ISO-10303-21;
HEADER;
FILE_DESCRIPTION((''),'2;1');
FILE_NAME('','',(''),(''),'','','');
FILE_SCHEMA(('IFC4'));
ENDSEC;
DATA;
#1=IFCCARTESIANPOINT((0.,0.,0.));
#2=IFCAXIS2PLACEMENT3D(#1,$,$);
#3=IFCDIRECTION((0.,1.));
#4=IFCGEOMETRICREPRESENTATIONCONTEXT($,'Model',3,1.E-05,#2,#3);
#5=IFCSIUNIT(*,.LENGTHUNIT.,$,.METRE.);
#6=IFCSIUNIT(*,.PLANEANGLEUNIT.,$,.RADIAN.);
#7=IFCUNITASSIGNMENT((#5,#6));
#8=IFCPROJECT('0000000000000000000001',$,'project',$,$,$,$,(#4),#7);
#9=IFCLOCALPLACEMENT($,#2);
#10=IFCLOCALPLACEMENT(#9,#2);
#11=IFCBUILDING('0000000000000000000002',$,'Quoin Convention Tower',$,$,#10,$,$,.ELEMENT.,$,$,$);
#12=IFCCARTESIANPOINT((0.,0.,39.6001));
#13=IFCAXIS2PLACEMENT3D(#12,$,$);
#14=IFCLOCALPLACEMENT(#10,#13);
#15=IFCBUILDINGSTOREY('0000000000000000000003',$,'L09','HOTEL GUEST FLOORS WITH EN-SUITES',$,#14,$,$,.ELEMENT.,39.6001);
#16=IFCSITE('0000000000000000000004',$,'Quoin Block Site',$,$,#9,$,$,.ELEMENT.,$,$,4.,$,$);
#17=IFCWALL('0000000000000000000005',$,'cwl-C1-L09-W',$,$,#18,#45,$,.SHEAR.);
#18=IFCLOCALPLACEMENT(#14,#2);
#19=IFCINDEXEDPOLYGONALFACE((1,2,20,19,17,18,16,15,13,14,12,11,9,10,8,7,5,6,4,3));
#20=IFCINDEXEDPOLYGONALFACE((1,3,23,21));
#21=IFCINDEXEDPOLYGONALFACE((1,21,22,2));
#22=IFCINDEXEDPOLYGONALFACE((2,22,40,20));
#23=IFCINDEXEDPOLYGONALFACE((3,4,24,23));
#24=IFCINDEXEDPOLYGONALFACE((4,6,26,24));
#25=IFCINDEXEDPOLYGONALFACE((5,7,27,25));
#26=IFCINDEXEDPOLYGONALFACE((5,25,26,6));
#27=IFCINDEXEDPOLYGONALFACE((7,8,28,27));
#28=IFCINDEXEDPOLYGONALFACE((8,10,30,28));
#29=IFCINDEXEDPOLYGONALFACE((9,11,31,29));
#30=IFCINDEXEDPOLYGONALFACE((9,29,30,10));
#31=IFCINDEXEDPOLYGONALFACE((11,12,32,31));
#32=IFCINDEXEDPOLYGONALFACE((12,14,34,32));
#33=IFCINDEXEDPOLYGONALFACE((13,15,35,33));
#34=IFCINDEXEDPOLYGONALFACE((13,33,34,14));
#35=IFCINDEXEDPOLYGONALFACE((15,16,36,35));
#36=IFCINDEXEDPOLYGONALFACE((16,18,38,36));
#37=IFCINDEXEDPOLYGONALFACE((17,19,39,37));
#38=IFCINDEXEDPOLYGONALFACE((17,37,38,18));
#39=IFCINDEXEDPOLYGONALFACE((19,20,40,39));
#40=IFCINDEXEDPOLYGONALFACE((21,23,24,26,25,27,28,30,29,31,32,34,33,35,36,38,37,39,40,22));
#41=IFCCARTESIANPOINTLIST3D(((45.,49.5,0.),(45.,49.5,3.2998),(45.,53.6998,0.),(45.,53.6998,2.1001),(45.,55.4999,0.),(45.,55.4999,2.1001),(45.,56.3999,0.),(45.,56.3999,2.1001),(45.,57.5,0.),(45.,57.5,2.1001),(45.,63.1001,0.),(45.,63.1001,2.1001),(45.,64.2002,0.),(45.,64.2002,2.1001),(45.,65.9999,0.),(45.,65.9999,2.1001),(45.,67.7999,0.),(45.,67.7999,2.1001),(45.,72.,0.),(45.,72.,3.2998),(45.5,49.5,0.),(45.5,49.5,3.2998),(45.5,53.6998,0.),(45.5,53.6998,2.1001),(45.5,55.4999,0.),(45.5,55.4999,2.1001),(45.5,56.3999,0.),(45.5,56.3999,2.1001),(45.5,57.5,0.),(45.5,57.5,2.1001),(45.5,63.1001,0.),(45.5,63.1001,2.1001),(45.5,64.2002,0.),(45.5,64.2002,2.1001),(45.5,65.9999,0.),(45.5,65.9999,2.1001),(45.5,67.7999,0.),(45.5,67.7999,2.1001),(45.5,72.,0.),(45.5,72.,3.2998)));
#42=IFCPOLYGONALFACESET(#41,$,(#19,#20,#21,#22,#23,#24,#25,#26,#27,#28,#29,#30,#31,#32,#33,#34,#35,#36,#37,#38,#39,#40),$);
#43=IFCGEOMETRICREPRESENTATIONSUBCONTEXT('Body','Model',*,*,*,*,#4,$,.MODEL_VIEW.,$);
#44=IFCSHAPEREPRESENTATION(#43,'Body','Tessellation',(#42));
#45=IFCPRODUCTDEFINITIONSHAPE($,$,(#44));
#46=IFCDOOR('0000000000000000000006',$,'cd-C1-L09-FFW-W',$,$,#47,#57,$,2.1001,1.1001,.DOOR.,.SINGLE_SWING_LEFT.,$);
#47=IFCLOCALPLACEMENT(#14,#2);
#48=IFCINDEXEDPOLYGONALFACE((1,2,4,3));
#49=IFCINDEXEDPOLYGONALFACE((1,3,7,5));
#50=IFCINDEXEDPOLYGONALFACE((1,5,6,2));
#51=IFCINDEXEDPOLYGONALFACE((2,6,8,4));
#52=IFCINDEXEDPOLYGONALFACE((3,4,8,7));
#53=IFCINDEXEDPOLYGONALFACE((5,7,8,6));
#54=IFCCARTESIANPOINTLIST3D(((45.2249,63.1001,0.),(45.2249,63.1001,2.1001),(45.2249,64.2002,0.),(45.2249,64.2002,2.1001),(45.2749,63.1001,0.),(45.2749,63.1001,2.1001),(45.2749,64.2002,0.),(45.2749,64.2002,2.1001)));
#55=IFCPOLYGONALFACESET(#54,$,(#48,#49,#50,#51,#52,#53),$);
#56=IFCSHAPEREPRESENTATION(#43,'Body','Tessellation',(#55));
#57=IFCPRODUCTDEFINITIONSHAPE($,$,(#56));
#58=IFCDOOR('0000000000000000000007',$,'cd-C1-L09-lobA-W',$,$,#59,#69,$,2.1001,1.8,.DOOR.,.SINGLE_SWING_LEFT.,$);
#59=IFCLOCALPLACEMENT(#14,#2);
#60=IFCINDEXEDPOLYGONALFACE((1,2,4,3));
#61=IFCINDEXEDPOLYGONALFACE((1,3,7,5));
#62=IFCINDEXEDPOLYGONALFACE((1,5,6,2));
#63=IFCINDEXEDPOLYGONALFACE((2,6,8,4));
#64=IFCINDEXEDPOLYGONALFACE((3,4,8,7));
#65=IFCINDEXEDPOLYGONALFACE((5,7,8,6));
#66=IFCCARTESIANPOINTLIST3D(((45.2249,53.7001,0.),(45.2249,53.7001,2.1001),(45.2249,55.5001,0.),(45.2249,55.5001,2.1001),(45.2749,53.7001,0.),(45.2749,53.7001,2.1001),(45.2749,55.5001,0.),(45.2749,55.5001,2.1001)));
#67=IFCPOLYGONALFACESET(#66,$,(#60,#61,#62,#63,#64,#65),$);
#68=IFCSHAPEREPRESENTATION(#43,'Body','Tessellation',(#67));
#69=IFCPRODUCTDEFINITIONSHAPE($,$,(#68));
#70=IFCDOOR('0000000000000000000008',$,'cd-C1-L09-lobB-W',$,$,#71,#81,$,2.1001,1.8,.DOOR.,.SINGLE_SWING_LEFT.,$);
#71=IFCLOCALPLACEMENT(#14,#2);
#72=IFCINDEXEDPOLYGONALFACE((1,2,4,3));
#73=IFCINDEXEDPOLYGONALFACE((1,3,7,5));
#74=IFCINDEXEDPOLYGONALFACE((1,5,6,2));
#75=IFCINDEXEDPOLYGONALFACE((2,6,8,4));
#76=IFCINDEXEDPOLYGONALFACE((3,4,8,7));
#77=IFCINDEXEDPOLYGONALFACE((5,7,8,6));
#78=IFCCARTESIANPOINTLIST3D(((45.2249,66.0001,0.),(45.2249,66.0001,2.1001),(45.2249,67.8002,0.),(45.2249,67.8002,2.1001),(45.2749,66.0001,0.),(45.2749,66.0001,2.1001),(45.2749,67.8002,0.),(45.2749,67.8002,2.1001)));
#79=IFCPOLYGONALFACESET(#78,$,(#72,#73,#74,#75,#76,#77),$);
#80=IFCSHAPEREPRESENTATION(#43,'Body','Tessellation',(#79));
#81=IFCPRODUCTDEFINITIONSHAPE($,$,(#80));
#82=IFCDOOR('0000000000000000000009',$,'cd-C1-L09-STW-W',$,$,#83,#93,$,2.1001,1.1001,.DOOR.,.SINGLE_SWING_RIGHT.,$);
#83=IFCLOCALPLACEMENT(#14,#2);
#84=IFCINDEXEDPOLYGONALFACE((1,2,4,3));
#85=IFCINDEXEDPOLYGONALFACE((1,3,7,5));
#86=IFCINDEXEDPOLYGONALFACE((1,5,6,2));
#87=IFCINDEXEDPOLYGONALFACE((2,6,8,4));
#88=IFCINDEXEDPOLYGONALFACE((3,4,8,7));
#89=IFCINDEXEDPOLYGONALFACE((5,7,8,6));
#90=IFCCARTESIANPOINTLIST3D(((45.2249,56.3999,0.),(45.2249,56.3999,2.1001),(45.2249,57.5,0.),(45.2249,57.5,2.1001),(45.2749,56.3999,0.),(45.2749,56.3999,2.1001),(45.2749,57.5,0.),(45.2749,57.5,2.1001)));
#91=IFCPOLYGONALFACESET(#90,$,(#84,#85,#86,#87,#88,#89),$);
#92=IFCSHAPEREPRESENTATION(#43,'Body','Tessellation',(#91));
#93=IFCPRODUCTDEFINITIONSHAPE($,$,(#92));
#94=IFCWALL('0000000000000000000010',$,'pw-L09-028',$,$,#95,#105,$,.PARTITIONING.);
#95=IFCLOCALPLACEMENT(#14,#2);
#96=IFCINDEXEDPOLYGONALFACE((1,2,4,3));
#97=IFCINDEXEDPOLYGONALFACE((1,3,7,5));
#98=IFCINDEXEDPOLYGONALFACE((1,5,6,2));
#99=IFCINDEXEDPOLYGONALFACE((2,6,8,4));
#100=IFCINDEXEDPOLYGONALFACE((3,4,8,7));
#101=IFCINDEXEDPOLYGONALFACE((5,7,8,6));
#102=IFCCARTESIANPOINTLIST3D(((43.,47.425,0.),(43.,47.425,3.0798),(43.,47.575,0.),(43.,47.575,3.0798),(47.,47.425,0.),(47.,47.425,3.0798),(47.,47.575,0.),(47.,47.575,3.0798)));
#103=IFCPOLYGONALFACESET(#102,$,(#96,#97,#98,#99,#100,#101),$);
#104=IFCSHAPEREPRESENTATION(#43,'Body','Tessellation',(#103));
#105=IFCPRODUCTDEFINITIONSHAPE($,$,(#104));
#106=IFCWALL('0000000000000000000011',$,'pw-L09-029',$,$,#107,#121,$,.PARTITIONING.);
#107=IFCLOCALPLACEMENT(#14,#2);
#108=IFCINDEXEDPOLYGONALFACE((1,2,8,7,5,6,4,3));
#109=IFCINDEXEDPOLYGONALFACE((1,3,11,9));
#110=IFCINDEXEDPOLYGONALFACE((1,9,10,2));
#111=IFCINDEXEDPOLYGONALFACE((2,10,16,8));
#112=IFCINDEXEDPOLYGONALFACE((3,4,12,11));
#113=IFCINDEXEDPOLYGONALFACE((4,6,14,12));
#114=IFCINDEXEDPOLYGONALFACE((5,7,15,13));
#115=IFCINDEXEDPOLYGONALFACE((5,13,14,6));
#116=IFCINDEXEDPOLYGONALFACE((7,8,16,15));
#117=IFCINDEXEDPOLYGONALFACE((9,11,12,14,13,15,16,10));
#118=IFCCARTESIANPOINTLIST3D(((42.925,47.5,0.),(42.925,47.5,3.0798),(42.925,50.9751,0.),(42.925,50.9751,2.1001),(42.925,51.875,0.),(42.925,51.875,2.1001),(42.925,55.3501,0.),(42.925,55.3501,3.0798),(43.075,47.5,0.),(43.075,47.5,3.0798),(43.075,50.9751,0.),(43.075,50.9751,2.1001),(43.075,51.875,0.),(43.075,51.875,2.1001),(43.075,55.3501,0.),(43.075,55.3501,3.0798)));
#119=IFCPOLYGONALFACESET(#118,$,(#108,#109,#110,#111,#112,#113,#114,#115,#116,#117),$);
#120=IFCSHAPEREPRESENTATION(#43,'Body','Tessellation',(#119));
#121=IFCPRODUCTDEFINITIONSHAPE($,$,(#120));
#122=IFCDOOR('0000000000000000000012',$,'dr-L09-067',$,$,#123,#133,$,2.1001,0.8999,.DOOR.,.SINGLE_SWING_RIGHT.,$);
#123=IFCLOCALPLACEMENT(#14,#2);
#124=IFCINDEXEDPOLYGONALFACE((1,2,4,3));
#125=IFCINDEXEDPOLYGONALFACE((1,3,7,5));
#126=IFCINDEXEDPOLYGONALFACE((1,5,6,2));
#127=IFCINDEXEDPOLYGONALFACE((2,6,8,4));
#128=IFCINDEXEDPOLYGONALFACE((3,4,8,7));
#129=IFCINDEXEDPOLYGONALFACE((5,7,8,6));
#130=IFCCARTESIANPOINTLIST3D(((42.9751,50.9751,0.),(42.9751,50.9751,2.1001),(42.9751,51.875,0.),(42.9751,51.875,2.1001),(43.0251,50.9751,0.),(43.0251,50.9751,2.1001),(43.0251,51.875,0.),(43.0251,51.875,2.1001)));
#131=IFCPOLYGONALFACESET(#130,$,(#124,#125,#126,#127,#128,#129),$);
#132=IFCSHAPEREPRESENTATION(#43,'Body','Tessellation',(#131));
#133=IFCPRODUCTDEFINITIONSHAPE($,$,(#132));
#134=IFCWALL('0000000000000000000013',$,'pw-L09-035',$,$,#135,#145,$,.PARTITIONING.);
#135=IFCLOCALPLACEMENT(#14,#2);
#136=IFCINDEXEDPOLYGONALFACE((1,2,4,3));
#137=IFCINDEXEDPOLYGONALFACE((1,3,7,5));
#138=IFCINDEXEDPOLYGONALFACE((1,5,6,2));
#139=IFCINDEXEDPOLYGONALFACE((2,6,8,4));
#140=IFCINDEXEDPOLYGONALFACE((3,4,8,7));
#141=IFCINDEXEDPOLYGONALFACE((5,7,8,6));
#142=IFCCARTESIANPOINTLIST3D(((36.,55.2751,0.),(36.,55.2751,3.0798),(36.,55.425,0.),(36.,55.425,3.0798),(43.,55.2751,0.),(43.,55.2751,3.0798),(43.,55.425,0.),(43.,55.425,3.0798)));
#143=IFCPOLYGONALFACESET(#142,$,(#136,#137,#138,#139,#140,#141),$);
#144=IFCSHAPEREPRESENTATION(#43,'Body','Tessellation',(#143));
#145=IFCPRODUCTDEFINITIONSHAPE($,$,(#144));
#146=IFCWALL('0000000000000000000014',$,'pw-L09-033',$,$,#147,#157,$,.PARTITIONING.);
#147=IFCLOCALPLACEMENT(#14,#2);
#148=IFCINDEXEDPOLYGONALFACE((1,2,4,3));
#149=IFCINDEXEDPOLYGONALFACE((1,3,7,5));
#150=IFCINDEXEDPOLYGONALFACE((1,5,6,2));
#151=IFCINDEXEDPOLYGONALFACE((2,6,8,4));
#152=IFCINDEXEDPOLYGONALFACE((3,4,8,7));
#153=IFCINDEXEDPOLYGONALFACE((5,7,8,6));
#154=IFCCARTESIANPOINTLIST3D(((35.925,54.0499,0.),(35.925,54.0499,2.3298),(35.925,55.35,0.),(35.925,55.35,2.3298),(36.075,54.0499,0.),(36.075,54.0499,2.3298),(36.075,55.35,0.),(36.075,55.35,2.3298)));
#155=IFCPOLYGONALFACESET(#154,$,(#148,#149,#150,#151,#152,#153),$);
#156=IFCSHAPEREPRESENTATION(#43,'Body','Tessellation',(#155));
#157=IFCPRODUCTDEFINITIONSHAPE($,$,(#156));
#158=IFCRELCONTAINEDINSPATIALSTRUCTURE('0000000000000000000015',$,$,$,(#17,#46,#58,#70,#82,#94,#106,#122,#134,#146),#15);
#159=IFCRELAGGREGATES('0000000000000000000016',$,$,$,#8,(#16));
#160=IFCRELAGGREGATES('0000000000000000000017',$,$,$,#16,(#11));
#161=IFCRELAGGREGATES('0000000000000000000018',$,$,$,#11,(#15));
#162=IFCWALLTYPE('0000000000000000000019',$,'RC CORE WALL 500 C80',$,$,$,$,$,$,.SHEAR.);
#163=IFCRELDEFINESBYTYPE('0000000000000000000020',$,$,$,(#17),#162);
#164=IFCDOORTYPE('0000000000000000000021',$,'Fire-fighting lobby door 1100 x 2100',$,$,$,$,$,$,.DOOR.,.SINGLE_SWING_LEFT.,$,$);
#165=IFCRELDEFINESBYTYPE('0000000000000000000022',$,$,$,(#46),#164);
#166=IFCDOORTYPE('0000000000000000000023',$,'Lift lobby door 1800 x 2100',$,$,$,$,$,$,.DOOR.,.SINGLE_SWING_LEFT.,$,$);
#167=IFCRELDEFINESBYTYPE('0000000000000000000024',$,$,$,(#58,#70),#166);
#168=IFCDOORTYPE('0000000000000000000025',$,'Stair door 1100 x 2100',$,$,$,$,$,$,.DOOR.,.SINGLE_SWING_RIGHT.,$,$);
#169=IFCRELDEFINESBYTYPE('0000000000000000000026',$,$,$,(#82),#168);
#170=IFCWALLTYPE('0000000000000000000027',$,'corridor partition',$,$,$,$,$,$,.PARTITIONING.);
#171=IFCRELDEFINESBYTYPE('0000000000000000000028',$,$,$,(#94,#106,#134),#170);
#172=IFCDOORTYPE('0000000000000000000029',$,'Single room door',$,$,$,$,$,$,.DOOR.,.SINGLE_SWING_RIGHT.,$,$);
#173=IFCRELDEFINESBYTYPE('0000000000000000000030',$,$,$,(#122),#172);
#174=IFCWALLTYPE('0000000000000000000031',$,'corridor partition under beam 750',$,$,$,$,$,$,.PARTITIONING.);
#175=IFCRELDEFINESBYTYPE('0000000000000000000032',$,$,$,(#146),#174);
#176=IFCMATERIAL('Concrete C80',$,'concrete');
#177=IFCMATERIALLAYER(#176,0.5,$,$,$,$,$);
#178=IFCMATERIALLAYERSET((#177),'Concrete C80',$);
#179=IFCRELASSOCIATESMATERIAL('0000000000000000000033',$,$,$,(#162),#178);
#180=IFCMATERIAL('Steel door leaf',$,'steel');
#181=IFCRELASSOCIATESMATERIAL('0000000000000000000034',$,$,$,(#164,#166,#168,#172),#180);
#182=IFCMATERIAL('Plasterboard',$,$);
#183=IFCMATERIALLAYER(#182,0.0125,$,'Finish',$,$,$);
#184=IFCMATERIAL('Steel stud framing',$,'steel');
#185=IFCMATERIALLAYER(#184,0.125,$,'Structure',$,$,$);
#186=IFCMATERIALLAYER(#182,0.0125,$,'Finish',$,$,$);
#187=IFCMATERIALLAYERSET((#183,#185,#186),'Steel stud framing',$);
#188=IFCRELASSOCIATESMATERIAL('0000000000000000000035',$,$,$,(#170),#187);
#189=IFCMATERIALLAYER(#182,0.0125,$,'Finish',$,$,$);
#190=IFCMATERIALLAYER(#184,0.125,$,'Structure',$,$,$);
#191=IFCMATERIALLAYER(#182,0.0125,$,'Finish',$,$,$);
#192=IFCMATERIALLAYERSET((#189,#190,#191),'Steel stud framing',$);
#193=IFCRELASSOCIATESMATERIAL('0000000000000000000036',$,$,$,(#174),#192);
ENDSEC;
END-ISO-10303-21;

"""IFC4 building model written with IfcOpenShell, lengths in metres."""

from ifc_helpers import new_model, si_unit, direction, frame, frame_2d, origin, place, context, subcontext, project, spatial, rectangle, extrude, material, layer, layer_set, type_object, element, fill, save


model = new_model("IFC4")

# Units and contexts
model_context = context("Model", 3, precision=1e-05, world=origin(), true_north=direction((0.0, 1.0)))
body_context = subcontext(model_context, "Body", "Model", "MODEL_VIEW")
ifc_project = project(units=[si_unit("LENGTHUNIT", "METRE"), si_unit("PLANEANGLEUNIT", "RADIAN")], contexts=[model_context])

# Site, building, storey
site_placement = place(None, origin())
site = spatial("IfcSite", under=ifc_project, at=site_placement, Name="Quoin Block Site", CompositionType="ELEMENT", RefElevation=4.0)
building_placement = place(site_placement, origin())
building = spatial("IfcBuilding", under=site, at=building_placement, Name="Quoin Convention Tower", CompositionType="ELEMENT")
storey_placement = place(building_placement, frame((0.0, 0.0, 39.6001)))
storey = spatial("IfcBuildingStorey", under=building, at=storey_placement, Name="L09", Description="HOTEL GUEST FLOORS WITH EN-SUITES", CompositionType="ELEMENT", Elevation=39.6001)

# Shared definitions
ifc_material_1 = material(Name="Concrete C80", Category="concrete")

# Shared definitions
ifc_material_2 = material(Name="Plasterboard")
ifc_material_3 = material(Name="Steel stud framing", Category="steel")
ifc_material_4 = material(Name="Steel door leaf", Category="steel")

# Shared definitions
ifc_layer_1 = layer(ifc_material_1, 0.5)
ifc_layer_set_1 = layer_set([ifc_layer_1], Name="Concrete C80")
wall_type_1 = type_object("IfcWallType", Name="RC CORE WALL 500 C80", PredefinedType="SHEAR", material=ifc_layer_set_1)

# Wall, openings, doors
wall_1_placement = place(storey_placement, frame((45.25, 49.5, 0.0), z_axis=(0.0, 0.0, 1.0), x_axis=(0.0, 1.0, 0.0)))
wall_1 = element("IfcWall", 1, at=wall_1_placement, inside=storey, type_object=wall_type_1, Name="cwl-C1-L09-W", PredefinedType="SHEAR", context=body_context, shape_type="SweptSolid", body=[
    extrude(rectangle(XDim=22.5, YDim=0.5, at=frame_2d((11.25, 0.0))), origin(), (0.0, 0.0, 1.0), 3.2998),
])
opening_1_placement = place(wall_1_placement, frame((4.2, 0.0, 0.0)))
opening_1 = element("IfcOpeningElement", 2, at=opening_1_placement, cuts=wall_1, PredefinedType="OPENING", context=body_context, shape_type="SweptSolid", body=[
    extrude(rectangle(XDim=1.8, YDim=2.1001, at=frame_2d((0.8999, 1.05))), frame((0.0, 0.26, 0.0), z_axis=(0.0, -1.0, 0.0), x_axis=(1.0, 0.0, 0.0)), (0.0, 0.0, 1.0), 0.52),
])
opening_2_placement = place(wall_1_placement, frame((6.8999, 0.0, 0.0)))
opening_2 = element("IfcOpeningElement", 3, at=opening_2_placement, cuts=wall_1, PredefinedType="OPENING", context=body_context, shape_type="SweptSolid", body=[
    extrude(rectangle(XDim=1.1001, YDim=2.1001, at=frame_2d((0.55, 1.05))), frame((0.0, 0.26, 0.0), z_axis=(0.0, -1.0, 0.0), x_axis=(1.0, 0.0, 0.0)), (0.0, 0.0, 1.0), 0.52),
])
opening_3_placement = place(wall_1_placement, frame((13.6001, 0.0, 0.0)))
opening_3 = element("IfcOpeningElement", 4, at=opening_3_placement, cuts=wall_1, PredefinedType="OPENING", context=body_context, shape_type="SweptSolid", body=[
    extrude(rectangle(XDim=1.1001, YDim=2.1001, at=frame_2d((0.55, 1.05))), frame((0.0, 0.26, 0.0), z_axis=(0.0, -1.0, 0.0), x_axis=(1.0, 0.0, 0.0)), (0.0, 0.0, 1.0), 0.52),
])
opening_4_placement = place(wall_1_placement, frame((16.5, 0.0, 0.0)))
opening_4 = element("IfcOpeningElement", 5, at=opening_4_placement, cuts=wall_1, PredefinedType="OPENING", context=body_context, shape_type="SweptSolid", body=[
    extrude(rectangle(XDim=1.8, YDim=2.1001, at=frame_2d((0.8999, 1.05))), frame((0.0, 0.26, 0.0), z_axis=(0.0, -1.0, 0.0), x_axis=(1.0, 0.0, 0.0)), (0.0, 0.0, 1.0), 0.52),
])
door_type_1 = type_object("IfcDoorType", Name="Fire-fighting lobby door 1100 x 2100", OperationType="SINGLE_SWING_LEFT", PredefinedType="DOOR", material=ifc_material_4)
door_1_placement = place(opening_3_placement, frame((1.1001, 0.0, 0.0), z_axis=(0.0, 0.0, 1.0), x_axis=(-1.0, 0.0, 0.0)))
door_1 = element("IfcDoor", 6, at=door_1_placement, inside=storey, type_object=door_type_1, Name="cd-C1-L09-FFW-W", OperationType="SINGLE_SWING_LEFT", OverallHeight=2.1001, OverallWidth=1.1001, PredefinedType="DOOR", context=body_context, shape_type="SweptSolid", body=[
    extrude(rectangle(XDim=1.1001, YDim=2.1001, at=frame_2d((0.55, 1.05))), frame((0.0, 0.0249, 0.0), z_axis=(0.0, -1.0, 0.0), x_axis=(1.0, 0.0, 0.0)), (0.0, 0.0, 1.0), 0.05),
])
fill(opening_3, door_1)
door_type_2 = type_object("IfcDoorType", Name="Lift lobby door 1800 x 2100", OperationType="SINGLE_SWING_LEFT", PredefinedType="DOOR", material=ifc_material_4)
door_2_placement = place(opening_1_placement, frame((1.8, 0.0, 0.0), z_axis=(0.0, 0.0, 1.0), x_axis=(-1.0, 0.0, 0.0)))
door_2 = element("IfcDoor", 7, at=door_2_placement, inside=storey, type_object=door_type_2, Name="cd-C1-L09-lobA-W", OperationType="SINGLE_SWING_LEFT", OverallHeight=2.1001, OverallWidth=1.8, PredefinedType="DOOR", context=body_context, shape_type="SweptSolid", body=[
    extrude(rectangle(XDim=1.8, YDim=2.1001, at=frame_2d((0.8999, 1.05))), frame((0.0, 0.0249, 0.0), z_axis=(0.0, -1.0, 0.0), x_axis=(1.0, 0.0, 0.0)), (0.0, 0.0, 1.0), 0.05),
])
fill(opening_1, door_2)
door_3_placement = place(opening_4_placement, frame((1.8, 0.0, 0.0), z_axis=(0.0, 0.0, 1.0), x_axis=(-1.0, 0.0, 0.0)))
door_3 = element("IfcDoor", 8, at=door_3_placement, inside=storey, type_object=door_type_2, Name="cd-C1-L09-lobB-W", OperationType="SINGLE_SWING_LEFT", OverallHeight=2.1001, OverallWidth=1.8, PredefinedType="DOOR", context=body_context, shape_type="SweptSolid", body=[
    extrude(rectangle(XDim=1.8, YDim=2.1001, at=frame_2d((0.8999, 1.05))), frame((0.0, 0.0249, 0.0), z_axis=(0.0, -1.0, 0.0), x_axis=(1.0, 0.0, 0.0)), (0.0, 0.0, 1.0), 0.05),
])
fill(opening_4, door_3)
door_type_3 = type_object("IfcDoorType", Name="Stair door 1100 x 2100", OperationType="SINGLE_SWING_RIGHT", PredefinedType="DOOR", material=ifc_material_4)
door_4_placement = place(opening_2_placement, frame((1.1001, 0.0, 0.0), z_axis=(0.0, 0.0, 1.0), x_axis=(-1.0, 0.0, 0.0)))
door_4 = element("IfcDoor", 9, at=door_4_placement, inside=storey, type_object=door_type_3, Name="cd-C1-L09-STW-W", OperationType="SINGLE_SWING_RIGHT", OverallHeight=2.1001, OverallWidth=1.1001, PredefinedType="DOOR", context=body_context, shape_type="SweptSolid", body=[
    extrude(rectangle(XDim=1.1001, YDim=2.1001, at=frame_2d((0.55, 1.05))), frame((0.0, 0.0249, 0.0), z_axis=(0.0, -1.0, 0.0), x_axis=(1.0, 0.0, 0.0)), (0.0, 0.0, 1.0), 0.05),
])
fill(opening_2, door_4)

# Wall
ifc_layer_2 = layer(ifc_material_2, 0.0125, Name="Finish")
ifc_layer_3 = layer(ifc_material_3, 0.125, Name="Structure")
ifc_layer_4 = layer(ifc_material_2, 0.0125, Name="Finish")
ifc_layer_set_2 = layer_set([ifc_layer_2, ifc_layer_3, ifc_layer_4], Name="Steel stud framing")
wall_type_2 = type_object("IfcWallType", Name="corridor partition", PredefinedType="PARTITIONING", material=ifc_layer_set_2)
wall_2_placement = place(storey_placement, frame((43.0, 47.5, 0.0), z_axis=(0.0, 0.0, 1.0), x_axis=(1.0, 0.0, 0.0)))
element("IfcWall", 10, at=wall_2_placement, inside=storey, type_object=wall_type_2, Name="pw-L09-028", PredefinedType="PARTITIONING", context=body_context, shape_type="SweptSolid", body=[
    extrude(rectangle(XDim=4.0, YDim=0.1499, at=frame_2d((2.0, 0.0))), origin(), (0.0, 0.0, 1.0), 3.0798),
])

# Wall, opening, door
wall_3_placement = place(storey_placement, frame((43.0, 47.5, 0.0), z_axis=(0.0, 0.0, 1.0), x_axis=(0.0, 1.0, 0.0)))
wall_3 = element("IfcWall", 11, at=wall_3_placement, inside=storey, type_object=wall_type_2, Name="pw-L09-029", PredefinedType="PARTITIONING", context=body_context, shape_type="SweptSolid", body=[
    extrude(rectangle(XDim=7.8501, YDim=0.1499, at=frame_2d((3.925, 0.0))), origin(), (0.0, 0.0, 1.0), 3.0798),
])
opening_5_placement = place(wall_3_placement, frame((3.4751, 0.0, 0.0)))
opening_5 = element("IfcOpeningElement", 12, at=opening_5_placement, cuts=wall_3, PredefinedType="OPENING", context=body_context, shape_type="SweptSolid", body=[
    extrude(rectangle(XDim=0.8999, YDim=2.1001, at=frame_2d((0.45, 1.05))), frame((0.0, 0.085, 0.0), z_axis=(0.0, -1.0, 0.0), x_axis=(1.0, 0.0, 0.0)), (0.0, 0.0, 1.0), 0.1699),
])
door_type_4 = type_object("IfcDoorType", Name="Single room door", OperationType="SINGLE_SWING_RIGHT", PredefinedType="DOOR", material=ifc_material_4)
door_5_placement = place(opening_5_placement, origin())
door_5 = element("IfcDoor", 13, at=door_5_placement, inside=storey, type_object=door_type_4, Name="dr-L09-067", OperationType="SINGLE_SWING_RIGHT", OverallHeight=2.1001, OverallWidth=0.8999, PredefinedType="DOOR", context=body_context, shape_type="SweptSolid", body=[
    extrude(rectangle(XDim=0.8999, YDim=2.1001, at=frame_2d((0.45, 1.05))), frame((0.0, 0.0249, 0.0), z_axis=(0.0, -1.0, 0.0), x_axis=(1.0, 0.0, 0.0)), (0.0, 0.0, 1.0), 0.05),
])
fill(opening_5, door_5)

# Walls
wall_4_placement = place(storey_placement, frame((36.0, 55.3501, 0.0), z_axis=(0.0, 0.0, 1.0), x_axis=(1.0, 0.0, 0.0)))
element("IfcWall", 14, at=wall_4_placement, inside=storey, type_object=wall_type_2, Name="pw-L09-035", PredefinedType="PARTITIONING", context=body_context, shape_type="SweptSolid", body=[
    extrude(rectangle(XDim=7.0, YDim=0.1499, at=frame_2d((3.5, 0.0))), origin(), (0.0, 0.0, 1.0), 3.0798),
])
ifc_layer_5 = layer(ifc_material_2, 0.0125, Name="Finish")
ifc_layer_6 = layer(ifc_material_3, 0.125, Name="Structure")
ifc_layer_7 = layer(ifc_material_2, 0.0125, Name="Finish")
ifc_layer_set_3 = layer_set([ifc_layer_5, ifc_layer_6, ifc_layer_7], Name="Steel stud framing")
wall_type_3 = type_object("IfcWallType", Name="corridor partition under beam 750", PredefinedType="PARTITIONING", material=ifc_layer_set_3)
wall_5_placement = place(storey_placement, frame((36.0, 54.05, 0.0), z_axis=(0.0, 0.0, 1.0), x_axis=(0.0, 1.0, 0.0)))
element("IfcWall", 15, at=wall_5_placement, inside=storey, type_object=wall_type_3, Name="pw-L09-033", PredefinedType="PARTITIONING", context=body_context, shape_type="SweptSolid", body=[
    extrude(rectangle(XDim=1.3, YDim=0.1499, at=frame_2d((0.6499, 0.0))), origin(), (0.0, 0.0, 1.0), 2.3298),
])

save(model, "model.ifc")
